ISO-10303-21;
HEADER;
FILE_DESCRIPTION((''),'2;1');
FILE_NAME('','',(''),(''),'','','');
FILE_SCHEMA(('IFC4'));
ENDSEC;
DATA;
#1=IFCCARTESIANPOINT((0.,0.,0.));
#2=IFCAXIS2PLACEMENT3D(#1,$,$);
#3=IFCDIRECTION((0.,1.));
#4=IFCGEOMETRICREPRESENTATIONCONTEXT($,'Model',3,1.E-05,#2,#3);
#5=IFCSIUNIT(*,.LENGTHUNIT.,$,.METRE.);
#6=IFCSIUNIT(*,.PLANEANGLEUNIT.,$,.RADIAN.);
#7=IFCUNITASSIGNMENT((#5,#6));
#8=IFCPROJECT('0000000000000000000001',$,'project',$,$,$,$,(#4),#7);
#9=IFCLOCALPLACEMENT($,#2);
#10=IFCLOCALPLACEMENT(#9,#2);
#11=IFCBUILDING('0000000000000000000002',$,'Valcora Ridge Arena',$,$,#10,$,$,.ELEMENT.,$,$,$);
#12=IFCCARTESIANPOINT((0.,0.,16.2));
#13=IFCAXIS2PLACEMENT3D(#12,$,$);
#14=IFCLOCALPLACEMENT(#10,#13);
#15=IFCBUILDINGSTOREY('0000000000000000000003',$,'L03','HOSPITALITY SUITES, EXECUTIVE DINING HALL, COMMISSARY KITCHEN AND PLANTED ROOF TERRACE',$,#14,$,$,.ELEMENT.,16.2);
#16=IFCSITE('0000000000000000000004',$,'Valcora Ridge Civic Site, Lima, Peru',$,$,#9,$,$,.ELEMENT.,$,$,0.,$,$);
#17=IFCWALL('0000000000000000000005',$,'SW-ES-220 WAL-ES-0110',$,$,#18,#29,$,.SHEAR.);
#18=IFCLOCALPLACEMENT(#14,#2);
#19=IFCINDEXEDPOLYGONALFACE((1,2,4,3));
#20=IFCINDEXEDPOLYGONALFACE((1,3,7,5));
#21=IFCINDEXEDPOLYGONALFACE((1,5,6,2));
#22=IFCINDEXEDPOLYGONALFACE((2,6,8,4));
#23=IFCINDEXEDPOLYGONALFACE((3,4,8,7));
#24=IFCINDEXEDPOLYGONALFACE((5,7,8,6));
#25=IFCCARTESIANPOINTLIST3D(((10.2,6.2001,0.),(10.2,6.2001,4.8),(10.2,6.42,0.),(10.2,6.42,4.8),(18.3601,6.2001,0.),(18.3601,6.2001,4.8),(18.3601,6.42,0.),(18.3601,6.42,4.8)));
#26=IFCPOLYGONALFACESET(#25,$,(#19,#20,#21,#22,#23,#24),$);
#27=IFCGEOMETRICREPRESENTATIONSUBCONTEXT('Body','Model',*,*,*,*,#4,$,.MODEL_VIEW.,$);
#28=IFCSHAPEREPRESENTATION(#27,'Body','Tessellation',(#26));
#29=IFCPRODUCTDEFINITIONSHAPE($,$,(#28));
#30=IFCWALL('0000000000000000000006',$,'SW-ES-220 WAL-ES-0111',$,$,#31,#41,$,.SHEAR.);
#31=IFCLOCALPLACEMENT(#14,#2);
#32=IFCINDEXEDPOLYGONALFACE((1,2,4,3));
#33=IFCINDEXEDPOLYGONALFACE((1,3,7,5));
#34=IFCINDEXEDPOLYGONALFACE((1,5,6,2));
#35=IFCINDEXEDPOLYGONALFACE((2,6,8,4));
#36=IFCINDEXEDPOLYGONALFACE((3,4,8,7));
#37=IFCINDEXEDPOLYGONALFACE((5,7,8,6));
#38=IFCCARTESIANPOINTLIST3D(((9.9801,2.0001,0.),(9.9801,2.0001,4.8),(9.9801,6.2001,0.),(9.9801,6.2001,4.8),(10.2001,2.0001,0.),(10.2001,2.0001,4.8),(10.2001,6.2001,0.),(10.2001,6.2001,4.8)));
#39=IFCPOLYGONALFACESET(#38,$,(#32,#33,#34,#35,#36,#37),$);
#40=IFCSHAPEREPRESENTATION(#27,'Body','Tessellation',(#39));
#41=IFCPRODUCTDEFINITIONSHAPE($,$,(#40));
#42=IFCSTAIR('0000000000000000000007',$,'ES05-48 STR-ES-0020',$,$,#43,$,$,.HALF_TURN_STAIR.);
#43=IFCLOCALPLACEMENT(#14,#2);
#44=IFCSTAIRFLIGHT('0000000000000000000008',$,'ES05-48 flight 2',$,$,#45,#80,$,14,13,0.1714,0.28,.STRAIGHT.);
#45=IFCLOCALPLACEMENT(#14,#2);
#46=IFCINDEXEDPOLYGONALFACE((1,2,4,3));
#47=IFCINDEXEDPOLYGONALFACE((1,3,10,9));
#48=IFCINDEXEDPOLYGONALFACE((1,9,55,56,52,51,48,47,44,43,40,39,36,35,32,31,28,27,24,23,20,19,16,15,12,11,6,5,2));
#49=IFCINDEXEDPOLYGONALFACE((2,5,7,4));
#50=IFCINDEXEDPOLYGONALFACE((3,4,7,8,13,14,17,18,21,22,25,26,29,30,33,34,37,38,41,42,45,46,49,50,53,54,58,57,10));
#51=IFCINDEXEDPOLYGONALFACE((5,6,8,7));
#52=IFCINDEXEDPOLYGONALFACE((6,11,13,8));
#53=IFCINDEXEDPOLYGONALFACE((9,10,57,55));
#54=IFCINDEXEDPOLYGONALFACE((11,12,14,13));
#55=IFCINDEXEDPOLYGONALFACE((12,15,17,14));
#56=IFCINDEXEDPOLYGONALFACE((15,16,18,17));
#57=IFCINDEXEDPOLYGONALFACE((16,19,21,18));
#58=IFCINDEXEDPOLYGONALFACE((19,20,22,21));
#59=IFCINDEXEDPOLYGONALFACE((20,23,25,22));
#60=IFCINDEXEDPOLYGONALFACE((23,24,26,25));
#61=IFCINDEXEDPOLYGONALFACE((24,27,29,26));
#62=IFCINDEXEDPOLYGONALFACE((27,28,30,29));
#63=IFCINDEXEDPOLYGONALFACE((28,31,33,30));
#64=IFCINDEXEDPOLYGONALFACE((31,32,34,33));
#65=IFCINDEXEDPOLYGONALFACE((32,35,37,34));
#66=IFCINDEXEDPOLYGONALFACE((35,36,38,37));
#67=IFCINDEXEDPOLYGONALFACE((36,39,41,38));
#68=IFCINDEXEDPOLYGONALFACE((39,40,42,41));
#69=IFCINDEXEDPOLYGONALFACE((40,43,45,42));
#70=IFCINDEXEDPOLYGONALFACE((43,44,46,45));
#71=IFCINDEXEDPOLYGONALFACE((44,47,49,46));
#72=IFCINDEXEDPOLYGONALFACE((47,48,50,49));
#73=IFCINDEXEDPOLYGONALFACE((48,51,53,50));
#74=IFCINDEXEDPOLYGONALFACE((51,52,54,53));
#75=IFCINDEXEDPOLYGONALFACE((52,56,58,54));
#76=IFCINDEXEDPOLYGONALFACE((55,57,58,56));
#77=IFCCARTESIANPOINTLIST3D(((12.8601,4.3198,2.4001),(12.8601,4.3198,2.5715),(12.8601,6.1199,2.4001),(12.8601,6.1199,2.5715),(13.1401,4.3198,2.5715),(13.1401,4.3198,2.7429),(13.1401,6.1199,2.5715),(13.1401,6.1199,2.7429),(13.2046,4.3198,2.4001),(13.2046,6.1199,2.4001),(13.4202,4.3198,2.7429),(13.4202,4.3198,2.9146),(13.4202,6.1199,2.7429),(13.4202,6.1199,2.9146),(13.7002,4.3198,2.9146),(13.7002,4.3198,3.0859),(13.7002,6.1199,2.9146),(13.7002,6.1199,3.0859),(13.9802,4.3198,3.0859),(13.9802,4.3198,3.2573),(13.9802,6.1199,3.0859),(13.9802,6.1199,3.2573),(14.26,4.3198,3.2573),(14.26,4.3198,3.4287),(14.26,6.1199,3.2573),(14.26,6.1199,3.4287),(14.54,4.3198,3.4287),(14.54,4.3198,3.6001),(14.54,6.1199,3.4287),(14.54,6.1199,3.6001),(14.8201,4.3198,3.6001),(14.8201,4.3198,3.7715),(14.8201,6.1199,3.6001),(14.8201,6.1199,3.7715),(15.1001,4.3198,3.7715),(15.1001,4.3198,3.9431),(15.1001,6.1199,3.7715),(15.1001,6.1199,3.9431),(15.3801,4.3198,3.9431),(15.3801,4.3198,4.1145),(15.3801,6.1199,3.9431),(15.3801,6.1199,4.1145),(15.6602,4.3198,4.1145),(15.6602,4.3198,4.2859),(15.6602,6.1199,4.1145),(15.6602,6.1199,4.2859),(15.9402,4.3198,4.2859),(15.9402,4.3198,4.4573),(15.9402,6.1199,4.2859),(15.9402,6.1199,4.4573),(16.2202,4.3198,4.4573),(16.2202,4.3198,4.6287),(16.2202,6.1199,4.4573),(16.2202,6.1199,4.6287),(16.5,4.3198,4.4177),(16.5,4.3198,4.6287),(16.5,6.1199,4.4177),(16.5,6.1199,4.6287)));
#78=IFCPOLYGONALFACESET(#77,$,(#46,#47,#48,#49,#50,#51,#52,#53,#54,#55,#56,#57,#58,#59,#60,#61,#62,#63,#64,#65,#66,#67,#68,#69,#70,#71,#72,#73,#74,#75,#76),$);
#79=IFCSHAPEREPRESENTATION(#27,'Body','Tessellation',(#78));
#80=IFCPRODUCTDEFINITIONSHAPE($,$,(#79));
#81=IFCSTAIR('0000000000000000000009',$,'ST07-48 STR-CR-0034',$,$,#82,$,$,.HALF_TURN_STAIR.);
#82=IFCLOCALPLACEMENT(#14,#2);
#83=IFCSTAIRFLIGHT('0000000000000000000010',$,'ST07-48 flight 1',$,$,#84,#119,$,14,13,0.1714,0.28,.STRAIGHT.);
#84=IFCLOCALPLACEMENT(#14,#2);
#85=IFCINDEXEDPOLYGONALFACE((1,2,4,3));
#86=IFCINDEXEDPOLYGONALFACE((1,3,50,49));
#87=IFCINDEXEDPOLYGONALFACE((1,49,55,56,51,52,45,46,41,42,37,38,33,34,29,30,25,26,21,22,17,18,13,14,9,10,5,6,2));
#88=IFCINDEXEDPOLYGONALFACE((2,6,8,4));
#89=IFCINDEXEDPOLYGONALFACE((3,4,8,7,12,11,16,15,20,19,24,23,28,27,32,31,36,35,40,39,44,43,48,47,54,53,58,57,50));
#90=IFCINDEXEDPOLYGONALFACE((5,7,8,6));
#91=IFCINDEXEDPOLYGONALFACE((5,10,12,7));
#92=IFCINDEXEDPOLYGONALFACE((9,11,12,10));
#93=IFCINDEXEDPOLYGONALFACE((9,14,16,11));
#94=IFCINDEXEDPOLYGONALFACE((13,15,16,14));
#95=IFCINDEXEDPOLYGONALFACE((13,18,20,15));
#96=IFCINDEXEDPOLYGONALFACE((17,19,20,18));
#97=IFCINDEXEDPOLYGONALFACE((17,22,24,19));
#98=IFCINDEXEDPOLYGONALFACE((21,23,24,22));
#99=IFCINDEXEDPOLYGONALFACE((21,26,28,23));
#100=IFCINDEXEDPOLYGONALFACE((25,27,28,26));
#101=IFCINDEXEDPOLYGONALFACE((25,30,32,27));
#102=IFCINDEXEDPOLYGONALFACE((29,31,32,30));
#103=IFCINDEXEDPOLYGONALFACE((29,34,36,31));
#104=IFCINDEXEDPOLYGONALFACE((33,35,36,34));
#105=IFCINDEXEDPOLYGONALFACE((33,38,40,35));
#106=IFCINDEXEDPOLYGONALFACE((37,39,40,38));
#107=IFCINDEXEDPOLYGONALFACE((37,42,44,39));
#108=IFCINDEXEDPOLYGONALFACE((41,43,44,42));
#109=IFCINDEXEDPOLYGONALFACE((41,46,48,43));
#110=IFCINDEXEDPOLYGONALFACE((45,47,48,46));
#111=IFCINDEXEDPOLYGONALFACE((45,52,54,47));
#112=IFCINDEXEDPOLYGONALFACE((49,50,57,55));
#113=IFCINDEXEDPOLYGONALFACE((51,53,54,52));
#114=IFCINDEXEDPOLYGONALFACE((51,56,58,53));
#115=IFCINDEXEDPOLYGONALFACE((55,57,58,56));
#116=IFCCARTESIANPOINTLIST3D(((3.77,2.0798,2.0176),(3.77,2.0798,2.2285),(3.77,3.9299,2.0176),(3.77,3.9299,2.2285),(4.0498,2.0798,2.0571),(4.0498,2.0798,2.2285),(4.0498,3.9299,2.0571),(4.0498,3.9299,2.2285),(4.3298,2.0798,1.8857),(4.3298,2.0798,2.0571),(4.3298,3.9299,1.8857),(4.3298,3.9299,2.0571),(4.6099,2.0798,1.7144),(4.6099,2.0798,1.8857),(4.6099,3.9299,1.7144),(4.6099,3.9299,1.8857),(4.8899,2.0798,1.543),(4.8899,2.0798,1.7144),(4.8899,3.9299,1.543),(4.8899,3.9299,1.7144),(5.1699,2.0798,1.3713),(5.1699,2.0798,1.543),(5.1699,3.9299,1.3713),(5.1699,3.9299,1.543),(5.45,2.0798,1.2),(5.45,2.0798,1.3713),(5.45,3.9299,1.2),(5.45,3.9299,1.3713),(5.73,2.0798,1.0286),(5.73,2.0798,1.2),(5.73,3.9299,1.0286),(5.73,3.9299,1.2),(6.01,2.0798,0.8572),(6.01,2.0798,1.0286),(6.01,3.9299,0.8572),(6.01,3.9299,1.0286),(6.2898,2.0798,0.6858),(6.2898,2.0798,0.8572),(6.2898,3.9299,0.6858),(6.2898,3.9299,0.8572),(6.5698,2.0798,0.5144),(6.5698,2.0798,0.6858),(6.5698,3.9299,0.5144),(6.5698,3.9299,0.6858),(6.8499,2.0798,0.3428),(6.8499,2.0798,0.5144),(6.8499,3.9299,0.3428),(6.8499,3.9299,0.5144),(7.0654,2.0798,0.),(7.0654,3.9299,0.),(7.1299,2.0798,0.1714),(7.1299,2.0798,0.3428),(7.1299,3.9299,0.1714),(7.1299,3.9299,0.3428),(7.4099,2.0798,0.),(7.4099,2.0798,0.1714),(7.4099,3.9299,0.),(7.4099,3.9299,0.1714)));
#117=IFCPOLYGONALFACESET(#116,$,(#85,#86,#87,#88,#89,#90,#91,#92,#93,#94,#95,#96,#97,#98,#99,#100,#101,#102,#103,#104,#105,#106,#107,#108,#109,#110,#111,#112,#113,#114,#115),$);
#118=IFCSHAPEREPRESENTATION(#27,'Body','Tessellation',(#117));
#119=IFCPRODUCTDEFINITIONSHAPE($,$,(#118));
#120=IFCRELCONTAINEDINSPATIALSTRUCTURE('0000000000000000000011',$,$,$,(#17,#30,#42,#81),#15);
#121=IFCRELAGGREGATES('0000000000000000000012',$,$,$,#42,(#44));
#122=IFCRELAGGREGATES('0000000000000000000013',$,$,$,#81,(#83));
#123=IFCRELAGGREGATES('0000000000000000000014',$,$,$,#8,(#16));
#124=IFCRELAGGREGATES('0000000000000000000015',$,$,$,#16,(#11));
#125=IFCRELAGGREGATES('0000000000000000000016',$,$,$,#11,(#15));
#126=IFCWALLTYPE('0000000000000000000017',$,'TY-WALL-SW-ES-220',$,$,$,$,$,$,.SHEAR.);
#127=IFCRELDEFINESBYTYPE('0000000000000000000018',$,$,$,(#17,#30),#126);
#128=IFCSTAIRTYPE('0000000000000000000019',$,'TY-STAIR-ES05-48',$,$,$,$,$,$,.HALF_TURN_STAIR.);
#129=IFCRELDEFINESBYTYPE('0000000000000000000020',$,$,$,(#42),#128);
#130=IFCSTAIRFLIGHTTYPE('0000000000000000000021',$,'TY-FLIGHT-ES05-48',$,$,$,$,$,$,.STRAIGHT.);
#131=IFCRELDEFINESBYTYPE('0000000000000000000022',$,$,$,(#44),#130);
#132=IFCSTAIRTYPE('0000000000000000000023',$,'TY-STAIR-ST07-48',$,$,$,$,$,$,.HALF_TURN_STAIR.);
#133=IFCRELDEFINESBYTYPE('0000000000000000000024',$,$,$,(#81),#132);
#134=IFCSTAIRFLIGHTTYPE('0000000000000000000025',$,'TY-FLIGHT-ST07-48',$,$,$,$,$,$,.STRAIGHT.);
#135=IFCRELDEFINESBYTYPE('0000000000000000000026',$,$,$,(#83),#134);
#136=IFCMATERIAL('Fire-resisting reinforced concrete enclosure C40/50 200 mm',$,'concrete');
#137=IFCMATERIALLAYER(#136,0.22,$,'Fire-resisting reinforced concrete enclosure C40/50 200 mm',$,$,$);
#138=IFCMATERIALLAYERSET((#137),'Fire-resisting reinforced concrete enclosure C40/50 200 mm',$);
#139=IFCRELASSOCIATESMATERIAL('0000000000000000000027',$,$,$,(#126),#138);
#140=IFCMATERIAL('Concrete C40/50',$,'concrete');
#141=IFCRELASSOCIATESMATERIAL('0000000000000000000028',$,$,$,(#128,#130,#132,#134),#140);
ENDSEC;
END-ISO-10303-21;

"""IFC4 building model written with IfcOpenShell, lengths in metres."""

from ifc_helpers import new_model, si_unit, direction, frame, frame_2d, origin, place, context, subcontext, project, spatial, polyline, rectangle, outline, extrude, material, layer, layer_set, type_object, element, aggregate, save


model = new_model("IFC4")

# Units and contexts
model_context = context("Model", 3, precision=1e-05, world=origin(), true_north=direction((0.0, 1.0)))
body_context = subcontext(model_context, "Body", "Model", "MODEL_VIEW")
ifc_project = project(units=[si_unit("LENGTHUNIT", "METRE"), si_unit("PLANEANGLEUNIT", "RADIAN")], contexts=[model_context])

# Site, building, storey
site_placement = place(None, origin())
site = spatial("IfcSite", under=ifc_project, at=site_placement, Name="Valcora Ridge Civic Site, Lima, Peru", CompositionType="ELEMENT", RefElevation=0.0)
building_placement = place(site_placement, origin())
building = spatial("IfcBuilding", under=site, at=building_placement, Name="Valcora Ridge Arena", CompositionType="ELEMENT")
storey_placement = place(building_placement, frame((0.0, 0.0, 16.2)))
storey = spatial("IfcBuildingStorey", under=building, at=storey_placement, Name="L03", Description="HOSPITALITY SUITES, EXECUTIVE DINING HALL, COMMISSARY KITCHEN AND PLANTED ROOF TERRACE", CompositionType="ELEMENT", Elevation=16.2)

# Shared definitions
ifc_material_1 = material(Name="Concrete C40/50", Category="concrete")

# Walls
ifc_material_2 = material(Name="Fire-resisting reinforced concrete enclosure C40/50 200 mm", Category="concrete")
ifc_layer_1 = layer(ifc_material_2, 0.22, Name="Fire-resisting reinforced concrete enclosure C40/50 200 mm")
ifc_layer_set_1 = layer_set([ifc_layer_1], Name="Fire-resisting reinforced concrete enclosure C40/50 200 mm")
wall_type_1 = type_object("IfcWallType", Name="TY-WALL-SW-ES-220", PredefinedType="SHEAR", material=ifc_layer_set_1)
for number, where, z_axis, x_axis, name in (
    (1, (10.2, 6.3101, 0.0), (0.0, 0.0, 1.0), (1.0, 0.0, 0.0), "SW-ES-220 WAL-ES-0110"),
):
    element("IfcWall", number, at=place(storey_placement, frame(where, z_axis=z_axis, x_axis=x_axis)), inside=storey, type_object=wall_type_1, Name=name, PredefinedType="SHEAR", context=body_context, shape_type="SweptSolid", body=[
        extrude(rectangle(XDim=8.1602, YDim=0.22, at=frame_2d((4.0801, 0.0))), origin(), (0.0, 0.0, 1.0), 4.8),
    ])
wall_1_placement = place(storey_placement, frame((10.0901, 2.0, 0.0), z_axis=(0.0, 0.0, 1.0), x_axis=(0.0, 1.0, 0.0)))
element("IfcWall", 2, at=wall_1_placement, inside=storey, type_object=wall_type_1, Name="SW-ES-220 WAL-ES-0111", PredefinedType="SHEAR", context=body_context, shape_type="SweptSolid", body=[
    extrude(rectangle(XDim=4.2, YDim=0.22, at=frame_2d((2.1001, 0.0))), origin(), (0.0, 0.0, 1.0), 4.8),
])

# Stairs, stair flights
stair_type_1 = type_object("IfcStairType", Name="TY-STAIR-ES05-48", PredefinedType="HALF_TURN_STAIR", material=ifc_material_1)
stair_1_placement = place(storey_placement, origin())
stair_1 = element("IfcStair", 3, at=stair_1_placement, inside=storey, type_object=stair_type_1, Name="ES05-48 STR-ES-0020", PredefinedType="HALF_TURN_STAIR")
stair_flight_type_1 = type_object("IfcStairFlightType", Name="TY-FLIGHT-ES05-48", PredefinedType="STRAIGHT", material=ifc_material_1)
stair_flight_1_placement = place(storey_placement, frame((12.8601, 5.22, 2.4001), z_axis=(0.0, 0.0, 1.0), x_axis=(1.0, 0.0, 0.0)))
stair_flight_1 = element("IfcStairFlight", 4, at=stair_flight_1_placement, type_object=stair_flight_type_1, Name="ES05-48 flight 2", NumberOfRisers=14, NumberOfTreads=13, PredefinedType="STRAIGHT", RiserHeight=0.1714, TreadLength=0.28, context=body_context, shape_type="SweptSolid", body=[
    extrude(outline(polyline([(0.0, 0.0), (0.0, 0.1714), (0.28, 0.1714), (0.28, 0.3428), (0.5601, 0.3428), (0.5601, 0.5144), (0.8401, 0.5144), (0.8401, 0.6858), (1.1201, 0.6858), (1.1201, 0.8572), (1.3999, 0.8572), (1.3999, 1.0286), (1.6799, 1.0286), (1.6799, 1.2), (1.96, 1.2), (1.96, 1.3713), (2.24, 1.3713), (2.24, 1.543), (2.52, 1.543), (2.52, 1.7144), (2.8, 1.7144), (2.8, 1.8857), (3.0801, 1.8857), (3.0801, 2.0571), (3.3601, 2.0571), (3.3601, 2.2285), (3.6399, 2.2285), (3.6399, 2.3999), (3.6399, 2.0176), (0.3445, 0.0), (0.0, 0.0)])), frame((0.0, 0.8999, 0.0), z_axis=(0.0, -1.0, 0.0), x_axis=(1.0, 0.0, 0.0)), (0.0, 0.0, 1.0), 1.8),
])
aggregate(stair_1, [stair_flight_1])
stair_type_2 = type_object("IfcStairType", Name="TY-STAIR-ST07-48", PredefinedType="HALF_TURN_STAIR", material=ifc_material_1)
stair_2_placement = place(storey_placement, origin())
stair_2 = element("IfcStair", 5, at=stair_2_placement, inside=storey, type_object=stair_type_2, Name="ST07-48 STR-CR-0034", PredefinedType="HALF_TURN_STAIR")
stair_flight_type_2 = type_object("IfcStairFlightType", Name="TY-FLIGHT-ST07-48", PredefinedType="STRAIGHT", material=ifc_material_1)
stair_flight_2_placement = place(storey_placement, frame((7.4099, 3.0049, 0.0), z_axis=(0.0, 0.0, 1.0), x_axis=(-1.0, 0.0, 0.0)))
stair_flight_2 = element("IfcStairFlight", 6, at=stair_flight_2_placement, type_object=stair_flight_type_2, Name="ST07-48 flight 1", NumberOfRisers=14, NumberOfTreads=13, PredefinedType="STRAIGHT", RiserHeight=0.1714, TreadLength=0.28, context=body_context, shape_type="SweptSolid", body=[
    extrude(outline(polyline([(0.0, 0.0), (0.0, 0.1714), (0.28, 0.1714), (0.28, 0.3428), (0.5601, 0.3428), (0.5601, 0.5144), (0.8401, 0.5144), (0.8401, 0.6858), (1.1201, 0.6858), (1.1201, 0.8572), (1.3999, 0.8572), (1.3999, 1.0286), (1.6799, 1.0286), (1.6799, 1.2), (1.96, 1.2), (1.96, 1.3713), (2.24, 1.3713), (2.24, 1.543), (2.52, 1.543), (2.52, 1.7144), (2.8, 1.7144), (2.8, 1.8857), (3.0801, 1.8857), (3.0801, 2.0571), (3.3601, 2.0571), (3.3601, 2.2285), (3.6399, 2.2285), (3.6399, 2.3999), (3.6399, 2.0176), (0.3445, 0.0), (0.0, 0.0)])), frame((0.0, 0.925, 0.0), z_axis=(0.0, -1.0, 0.0), x_axis=(1.0, 0.0, 0.0)), (0.0, 0.0, 1.0), 1.8501),
])
aggregate(stair_2, [stair_flight_2])

save(model, "model.ifc")
